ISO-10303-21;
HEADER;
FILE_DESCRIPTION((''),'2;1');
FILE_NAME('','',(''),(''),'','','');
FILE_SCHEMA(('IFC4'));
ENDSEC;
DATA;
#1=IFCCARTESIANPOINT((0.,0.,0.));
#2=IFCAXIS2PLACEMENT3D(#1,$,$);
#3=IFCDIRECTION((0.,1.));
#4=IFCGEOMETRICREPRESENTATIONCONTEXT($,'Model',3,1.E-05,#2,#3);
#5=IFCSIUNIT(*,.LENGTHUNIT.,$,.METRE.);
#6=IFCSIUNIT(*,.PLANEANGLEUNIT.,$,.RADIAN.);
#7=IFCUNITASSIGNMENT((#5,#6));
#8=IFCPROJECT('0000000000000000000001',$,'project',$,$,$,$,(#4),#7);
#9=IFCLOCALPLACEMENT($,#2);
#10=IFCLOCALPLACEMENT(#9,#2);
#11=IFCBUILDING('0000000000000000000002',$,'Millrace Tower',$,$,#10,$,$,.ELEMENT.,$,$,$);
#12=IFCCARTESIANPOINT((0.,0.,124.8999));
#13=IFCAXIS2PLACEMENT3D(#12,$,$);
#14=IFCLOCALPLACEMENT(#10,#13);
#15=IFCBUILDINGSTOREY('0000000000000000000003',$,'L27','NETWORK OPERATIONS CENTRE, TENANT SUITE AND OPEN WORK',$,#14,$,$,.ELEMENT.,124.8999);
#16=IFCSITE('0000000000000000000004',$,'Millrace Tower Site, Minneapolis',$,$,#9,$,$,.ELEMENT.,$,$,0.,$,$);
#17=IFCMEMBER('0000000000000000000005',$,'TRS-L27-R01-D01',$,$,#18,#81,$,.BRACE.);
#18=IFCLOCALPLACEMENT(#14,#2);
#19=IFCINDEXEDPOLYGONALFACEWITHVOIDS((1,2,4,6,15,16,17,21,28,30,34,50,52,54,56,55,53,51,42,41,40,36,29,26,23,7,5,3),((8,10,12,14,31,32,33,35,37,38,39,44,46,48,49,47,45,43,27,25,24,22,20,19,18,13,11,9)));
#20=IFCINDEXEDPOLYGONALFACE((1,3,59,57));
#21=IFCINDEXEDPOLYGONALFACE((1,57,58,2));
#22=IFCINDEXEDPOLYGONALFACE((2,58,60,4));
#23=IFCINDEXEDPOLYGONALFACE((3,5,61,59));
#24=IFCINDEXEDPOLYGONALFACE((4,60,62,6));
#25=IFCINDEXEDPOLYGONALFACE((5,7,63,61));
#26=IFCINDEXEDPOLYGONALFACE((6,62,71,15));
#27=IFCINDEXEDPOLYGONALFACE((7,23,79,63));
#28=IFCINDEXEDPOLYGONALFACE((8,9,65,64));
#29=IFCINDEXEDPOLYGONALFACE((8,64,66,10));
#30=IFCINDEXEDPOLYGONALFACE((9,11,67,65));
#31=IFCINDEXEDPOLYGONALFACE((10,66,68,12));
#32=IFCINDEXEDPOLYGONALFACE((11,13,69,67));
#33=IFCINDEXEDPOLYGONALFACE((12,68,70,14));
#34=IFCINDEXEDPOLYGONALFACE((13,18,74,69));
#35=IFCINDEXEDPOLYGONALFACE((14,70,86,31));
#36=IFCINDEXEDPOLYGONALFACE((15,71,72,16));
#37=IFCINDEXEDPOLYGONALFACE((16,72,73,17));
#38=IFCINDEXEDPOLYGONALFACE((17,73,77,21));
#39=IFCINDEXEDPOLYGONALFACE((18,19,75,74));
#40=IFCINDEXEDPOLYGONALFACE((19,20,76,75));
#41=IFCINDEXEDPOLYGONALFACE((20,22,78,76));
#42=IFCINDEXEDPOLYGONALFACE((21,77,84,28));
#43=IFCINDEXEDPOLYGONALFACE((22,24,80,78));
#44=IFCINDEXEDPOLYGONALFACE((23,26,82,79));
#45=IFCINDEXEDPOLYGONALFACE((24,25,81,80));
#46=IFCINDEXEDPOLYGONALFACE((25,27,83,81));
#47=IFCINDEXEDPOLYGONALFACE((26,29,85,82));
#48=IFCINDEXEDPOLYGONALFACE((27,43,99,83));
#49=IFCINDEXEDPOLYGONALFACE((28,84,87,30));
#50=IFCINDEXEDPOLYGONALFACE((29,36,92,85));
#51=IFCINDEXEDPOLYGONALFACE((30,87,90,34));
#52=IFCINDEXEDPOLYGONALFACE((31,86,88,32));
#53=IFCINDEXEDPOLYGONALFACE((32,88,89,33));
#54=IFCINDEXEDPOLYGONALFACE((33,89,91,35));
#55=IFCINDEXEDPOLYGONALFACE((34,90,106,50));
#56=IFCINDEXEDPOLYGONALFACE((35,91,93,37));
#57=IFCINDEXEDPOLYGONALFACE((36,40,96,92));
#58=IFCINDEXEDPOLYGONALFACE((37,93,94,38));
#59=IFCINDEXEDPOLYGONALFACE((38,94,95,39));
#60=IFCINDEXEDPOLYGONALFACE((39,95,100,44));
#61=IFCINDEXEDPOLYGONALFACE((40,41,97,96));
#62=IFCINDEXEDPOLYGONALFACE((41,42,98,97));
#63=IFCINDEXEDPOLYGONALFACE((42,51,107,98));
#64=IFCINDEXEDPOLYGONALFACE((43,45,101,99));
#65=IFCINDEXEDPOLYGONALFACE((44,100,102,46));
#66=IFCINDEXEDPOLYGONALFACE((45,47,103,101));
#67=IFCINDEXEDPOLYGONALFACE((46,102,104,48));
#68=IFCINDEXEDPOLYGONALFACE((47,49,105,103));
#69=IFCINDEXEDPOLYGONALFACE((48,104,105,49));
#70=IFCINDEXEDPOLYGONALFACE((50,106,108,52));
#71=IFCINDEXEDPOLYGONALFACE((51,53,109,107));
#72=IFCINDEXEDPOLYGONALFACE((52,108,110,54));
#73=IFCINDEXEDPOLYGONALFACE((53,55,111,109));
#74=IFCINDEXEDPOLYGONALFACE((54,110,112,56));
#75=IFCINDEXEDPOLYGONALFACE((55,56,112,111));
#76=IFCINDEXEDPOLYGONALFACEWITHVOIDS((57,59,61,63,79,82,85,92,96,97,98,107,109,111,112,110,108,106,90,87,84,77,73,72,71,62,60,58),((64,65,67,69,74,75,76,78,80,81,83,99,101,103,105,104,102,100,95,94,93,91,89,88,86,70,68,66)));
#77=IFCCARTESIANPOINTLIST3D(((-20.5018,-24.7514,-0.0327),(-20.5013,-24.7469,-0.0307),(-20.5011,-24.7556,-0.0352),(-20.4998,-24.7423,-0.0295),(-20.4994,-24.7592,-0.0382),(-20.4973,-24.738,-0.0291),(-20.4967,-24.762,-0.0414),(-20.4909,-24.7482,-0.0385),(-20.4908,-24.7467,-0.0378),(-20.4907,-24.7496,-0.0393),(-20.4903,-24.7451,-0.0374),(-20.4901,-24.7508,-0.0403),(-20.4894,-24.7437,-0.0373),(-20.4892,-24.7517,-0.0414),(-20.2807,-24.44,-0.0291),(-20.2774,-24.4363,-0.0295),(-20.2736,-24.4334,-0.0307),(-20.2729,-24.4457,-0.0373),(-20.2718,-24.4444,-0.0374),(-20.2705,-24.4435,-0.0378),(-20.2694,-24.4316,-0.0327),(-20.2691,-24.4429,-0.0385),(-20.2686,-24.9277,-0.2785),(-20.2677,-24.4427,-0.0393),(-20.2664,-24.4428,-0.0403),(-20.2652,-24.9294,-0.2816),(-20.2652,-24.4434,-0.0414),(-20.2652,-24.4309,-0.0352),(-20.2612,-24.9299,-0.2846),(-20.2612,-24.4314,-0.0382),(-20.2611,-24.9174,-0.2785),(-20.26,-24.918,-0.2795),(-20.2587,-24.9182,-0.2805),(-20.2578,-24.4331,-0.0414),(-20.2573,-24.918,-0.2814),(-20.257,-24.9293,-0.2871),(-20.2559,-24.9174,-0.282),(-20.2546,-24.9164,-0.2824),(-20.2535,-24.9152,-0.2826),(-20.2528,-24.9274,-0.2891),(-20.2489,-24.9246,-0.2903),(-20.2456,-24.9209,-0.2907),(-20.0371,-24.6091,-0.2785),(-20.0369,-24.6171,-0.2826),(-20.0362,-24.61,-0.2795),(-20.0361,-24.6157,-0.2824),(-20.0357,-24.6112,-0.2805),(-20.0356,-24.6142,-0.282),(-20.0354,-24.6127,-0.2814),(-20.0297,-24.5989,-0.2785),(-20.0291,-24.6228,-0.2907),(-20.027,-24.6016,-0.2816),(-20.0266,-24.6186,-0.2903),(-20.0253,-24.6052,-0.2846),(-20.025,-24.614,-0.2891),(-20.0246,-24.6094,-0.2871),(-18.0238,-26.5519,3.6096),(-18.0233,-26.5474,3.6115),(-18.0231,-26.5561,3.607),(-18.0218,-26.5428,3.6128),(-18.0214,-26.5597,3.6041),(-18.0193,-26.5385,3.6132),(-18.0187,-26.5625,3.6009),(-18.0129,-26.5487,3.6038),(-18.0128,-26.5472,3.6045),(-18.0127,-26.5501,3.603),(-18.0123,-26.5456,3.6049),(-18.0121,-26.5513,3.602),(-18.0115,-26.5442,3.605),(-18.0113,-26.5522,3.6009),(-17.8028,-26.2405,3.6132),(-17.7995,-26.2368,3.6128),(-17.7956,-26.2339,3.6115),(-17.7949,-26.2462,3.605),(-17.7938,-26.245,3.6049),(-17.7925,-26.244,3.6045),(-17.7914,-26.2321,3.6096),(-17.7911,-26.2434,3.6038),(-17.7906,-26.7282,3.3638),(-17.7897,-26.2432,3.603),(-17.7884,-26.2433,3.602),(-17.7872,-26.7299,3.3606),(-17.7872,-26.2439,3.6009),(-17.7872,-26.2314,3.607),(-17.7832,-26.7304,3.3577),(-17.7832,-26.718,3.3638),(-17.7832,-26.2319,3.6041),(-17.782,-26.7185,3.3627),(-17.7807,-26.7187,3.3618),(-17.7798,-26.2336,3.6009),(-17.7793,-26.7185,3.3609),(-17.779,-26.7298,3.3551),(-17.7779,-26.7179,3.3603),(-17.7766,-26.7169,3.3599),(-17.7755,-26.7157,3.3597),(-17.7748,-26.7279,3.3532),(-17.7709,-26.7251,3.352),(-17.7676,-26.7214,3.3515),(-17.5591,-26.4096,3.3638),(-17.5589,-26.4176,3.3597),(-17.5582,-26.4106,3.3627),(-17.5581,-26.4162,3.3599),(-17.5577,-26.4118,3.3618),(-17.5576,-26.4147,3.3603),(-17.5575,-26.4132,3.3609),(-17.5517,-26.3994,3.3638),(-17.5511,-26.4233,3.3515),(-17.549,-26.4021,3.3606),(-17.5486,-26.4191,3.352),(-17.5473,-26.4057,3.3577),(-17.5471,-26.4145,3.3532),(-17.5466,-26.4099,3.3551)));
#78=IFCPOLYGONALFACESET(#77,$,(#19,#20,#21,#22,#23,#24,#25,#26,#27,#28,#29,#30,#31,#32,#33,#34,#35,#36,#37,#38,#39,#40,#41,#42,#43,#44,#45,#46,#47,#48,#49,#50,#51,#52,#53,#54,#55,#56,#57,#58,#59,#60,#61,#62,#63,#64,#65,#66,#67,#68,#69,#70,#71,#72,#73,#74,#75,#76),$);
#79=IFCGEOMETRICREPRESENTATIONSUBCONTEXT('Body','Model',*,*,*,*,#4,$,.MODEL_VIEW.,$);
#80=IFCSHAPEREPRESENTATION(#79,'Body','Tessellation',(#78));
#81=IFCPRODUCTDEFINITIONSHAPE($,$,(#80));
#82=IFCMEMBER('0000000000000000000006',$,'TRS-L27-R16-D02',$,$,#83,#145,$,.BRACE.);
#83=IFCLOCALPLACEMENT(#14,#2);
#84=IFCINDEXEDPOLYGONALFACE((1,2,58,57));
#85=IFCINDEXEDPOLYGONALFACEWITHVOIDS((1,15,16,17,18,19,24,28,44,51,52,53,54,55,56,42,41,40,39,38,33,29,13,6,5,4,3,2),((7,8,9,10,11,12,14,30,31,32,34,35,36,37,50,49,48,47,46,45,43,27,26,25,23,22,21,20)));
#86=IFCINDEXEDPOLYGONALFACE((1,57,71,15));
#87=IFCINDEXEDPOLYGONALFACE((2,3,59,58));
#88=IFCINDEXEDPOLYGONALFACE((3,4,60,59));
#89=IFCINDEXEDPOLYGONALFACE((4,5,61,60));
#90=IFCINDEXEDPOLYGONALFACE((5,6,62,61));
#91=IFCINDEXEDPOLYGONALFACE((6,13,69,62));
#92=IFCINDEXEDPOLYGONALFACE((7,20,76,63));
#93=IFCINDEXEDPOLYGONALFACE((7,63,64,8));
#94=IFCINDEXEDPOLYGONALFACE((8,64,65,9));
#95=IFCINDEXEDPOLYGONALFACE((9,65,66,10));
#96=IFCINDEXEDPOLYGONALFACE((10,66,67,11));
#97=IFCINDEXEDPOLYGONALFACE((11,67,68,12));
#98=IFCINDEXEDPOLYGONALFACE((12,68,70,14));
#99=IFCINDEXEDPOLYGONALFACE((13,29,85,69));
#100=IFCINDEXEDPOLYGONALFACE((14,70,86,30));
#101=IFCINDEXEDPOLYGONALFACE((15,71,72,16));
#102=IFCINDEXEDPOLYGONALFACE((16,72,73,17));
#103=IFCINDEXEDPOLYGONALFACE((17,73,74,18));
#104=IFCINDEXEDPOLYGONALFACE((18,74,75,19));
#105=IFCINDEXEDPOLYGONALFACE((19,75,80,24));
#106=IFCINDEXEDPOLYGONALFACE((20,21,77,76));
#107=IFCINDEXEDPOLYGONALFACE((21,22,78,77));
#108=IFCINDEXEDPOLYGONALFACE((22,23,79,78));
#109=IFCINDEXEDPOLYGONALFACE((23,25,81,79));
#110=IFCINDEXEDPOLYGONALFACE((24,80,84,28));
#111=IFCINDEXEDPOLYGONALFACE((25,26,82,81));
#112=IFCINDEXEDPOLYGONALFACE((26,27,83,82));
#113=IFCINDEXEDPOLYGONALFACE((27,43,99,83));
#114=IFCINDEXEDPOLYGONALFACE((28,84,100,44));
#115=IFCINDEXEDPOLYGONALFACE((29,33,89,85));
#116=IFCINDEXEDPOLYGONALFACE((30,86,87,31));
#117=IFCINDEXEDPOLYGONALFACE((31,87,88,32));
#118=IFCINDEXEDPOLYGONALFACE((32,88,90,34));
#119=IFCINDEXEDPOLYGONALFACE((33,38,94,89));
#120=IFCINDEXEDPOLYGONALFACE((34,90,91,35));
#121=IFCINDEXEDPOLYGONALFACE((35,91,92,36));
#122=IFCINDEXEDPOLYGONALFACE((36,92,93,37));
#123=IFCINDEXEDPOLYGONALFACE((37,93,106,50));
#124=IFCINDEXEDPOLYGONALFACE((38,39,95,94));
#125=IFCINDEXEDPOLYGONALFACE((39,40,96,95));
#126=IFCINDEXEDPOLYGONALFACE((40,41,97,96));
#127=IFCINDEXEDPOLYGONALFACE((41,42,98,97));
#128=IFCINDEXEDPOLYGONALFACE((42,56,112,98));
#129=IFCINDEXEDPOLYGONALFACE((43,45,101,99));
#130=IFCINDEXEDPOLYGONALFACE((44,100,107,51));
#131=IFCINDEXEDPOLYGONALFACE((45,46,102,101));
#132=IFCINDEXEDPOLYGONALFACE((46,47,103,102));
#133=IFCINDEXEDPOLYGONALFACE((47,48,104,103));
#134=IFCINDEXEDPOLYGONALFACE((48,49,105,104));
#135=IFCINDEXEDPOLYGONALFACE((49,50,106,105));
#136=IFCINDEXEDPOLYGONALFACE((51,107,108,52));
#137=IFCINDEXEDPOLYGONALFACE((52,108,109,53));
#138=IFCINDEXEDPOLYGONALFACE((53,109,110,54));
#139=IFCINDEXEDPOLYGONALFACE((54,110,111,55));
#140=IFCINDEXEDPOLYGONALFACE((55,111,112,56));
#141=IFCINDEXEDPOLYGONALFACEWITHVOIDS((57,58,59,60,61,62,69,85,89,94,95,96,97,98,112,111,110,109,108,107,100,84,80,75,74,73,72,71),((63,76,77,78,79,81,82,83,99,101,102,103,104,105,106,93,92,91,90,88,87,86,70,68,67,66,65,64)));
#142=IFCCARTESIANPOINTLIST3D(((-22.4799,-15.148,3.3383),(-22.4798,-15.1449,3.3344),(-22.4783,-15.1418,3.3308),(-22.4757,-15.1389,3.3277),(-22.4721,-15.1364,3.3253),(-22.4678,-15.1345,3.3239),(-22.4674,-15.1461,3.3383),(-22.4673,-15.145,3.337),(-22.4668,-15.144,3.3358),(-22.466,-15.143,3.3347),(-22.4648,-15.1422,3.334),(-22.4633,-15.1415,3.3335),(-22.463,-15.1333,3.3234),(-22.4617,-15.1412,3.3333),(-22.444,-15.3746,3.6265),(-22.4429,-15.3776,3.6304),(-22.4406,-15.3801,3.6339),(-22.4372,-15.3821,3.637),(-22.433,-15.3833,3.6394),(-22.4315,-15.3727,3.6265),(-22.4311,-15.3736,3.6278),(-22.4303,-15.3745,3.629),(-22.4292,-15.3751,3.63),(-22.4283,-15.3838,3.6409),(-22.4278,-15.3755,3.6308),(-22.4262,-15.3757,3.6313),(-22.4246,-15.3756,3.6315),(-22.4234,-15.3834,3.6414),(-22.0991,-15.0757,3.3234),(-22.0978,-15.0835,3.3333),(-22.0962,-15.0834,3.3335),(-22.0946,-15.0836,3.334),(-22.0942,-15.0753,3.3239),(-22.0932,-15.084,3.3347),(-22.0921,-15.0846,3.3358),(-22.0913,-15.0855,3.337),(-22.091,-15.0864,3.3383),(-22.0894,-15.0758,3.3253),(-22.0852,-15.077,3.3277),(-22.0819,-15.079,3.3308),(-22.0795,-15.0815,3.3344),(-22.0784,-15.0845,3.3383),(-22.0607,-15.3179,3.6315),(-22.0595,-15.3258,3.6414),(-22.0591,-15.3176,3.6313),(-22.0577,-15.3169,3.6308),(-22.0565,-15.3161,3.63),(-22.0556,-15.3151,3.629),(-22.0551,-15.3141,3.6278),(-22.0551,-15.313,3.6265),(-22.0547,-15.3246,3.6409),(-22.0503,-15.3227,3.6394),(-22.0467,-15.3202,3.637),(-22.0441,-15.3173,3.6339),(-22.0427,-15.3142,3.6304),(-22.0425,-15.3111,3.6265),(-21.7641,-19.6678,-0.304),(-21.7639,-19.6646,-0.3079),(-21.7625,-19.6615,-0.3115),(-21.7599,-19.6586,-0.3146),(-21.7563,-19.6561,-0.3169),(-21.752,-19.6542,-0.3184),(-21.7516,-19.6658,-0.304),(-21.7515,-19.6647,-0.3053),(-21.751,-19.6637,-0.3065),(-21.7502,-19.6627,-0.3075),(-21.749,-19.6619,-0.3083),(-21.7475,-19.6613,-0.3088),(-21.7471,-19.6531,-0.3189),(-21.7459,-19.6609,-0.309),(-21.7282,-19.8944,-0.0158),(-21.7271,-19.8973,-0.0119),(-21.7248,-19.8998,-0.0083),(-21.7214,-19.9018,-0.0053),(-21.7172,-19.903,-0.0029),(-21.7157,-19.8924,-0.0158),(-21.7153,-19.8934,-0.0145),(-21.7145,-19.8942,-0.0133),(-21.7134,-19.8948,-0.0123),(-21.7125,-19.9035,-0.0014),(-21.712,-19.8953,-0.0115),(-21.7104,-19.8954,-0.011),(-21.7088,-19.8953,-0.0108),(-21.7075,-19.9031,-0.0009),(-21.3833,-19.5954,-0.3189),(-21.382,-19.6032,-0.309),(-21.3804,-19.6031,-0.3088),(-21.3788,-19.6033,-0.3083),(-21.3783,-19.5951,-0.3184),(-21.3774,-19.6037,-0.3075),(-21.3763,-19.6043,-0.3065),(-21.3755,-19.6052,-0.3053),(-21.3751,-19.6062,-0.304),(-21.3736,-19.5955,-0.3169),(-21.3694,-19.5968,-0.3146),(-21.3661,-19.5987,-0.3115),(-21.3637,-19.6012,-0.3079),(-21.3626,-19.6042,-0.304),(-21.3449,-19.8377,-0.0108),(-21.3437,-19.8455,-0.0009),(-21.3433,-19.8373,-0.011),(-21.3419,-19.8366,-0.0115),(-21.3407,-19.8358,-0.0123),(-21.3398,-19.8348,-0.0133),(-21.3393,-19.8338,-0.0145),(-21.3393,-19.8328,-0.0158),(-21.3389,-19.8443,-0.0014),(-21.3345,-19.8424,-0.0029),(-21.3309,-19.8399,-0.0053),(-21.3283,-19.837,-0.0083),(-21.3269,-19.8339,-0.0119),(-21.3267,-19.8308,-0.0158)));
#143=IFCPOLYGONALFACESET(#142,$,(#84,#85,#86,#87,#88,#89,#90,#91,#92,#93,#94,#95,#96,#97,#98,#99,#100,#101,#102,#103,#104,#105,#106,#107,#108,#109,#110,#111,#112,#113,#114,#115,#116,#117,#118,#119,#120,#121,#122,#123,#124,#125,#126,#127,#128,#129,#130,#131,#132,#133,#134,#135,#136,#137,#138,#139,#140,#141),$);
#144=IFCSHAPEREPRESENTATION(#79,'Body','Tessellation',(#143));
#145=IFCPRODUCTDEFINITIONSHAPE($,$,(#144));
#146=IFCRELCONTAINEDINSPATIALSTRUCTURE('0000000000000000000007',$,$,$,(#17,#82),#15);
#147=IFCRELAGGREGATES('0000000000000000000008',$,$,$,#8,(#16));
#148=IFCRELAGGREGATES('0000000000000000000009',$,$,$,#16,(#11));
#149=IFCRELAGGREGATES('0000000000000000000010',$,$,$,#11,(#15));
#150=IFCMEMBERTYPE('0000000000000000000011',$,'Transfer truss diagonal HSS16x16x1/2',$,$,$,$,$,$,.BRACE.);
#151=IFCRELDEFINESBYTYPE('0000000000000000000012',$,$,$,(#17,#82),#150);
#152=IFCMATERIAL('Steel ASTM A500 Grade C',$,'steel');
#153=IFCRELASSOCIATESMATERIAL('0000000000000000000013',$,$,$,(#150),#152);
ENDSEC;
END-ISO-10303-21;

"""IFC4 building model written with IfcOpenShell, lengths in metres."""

from ifc_helpers import new_model, si_unit, direction, frame, origin, origin_2d, place, context, subcontext, project, spatial, hollow_rectangle, extrude, material, material_profile, profile_set, type_object, element, save


model = new_model("IFC4")

# Units and contexts
model_context = context("Model", 3, precision=1e-05, world=origin(), true_north=direction((0.0, 1.0)))
body_context = subcontext(model_context, "Body", "Model", "MODEL_VIEW")
ifc_project = project(units=[si_unit("LENGTHUNIT", "METRE"), si_unit("PLANEANGLEUNIT", "RADIAN")], contexts=[model_context])

# Site, building, storey
site_placement = place(None, origin())
site = spatial("IfcSite", under=ifc_project, at=site_placement, Name="Millrace Tower Site, Minneapolis", CompositionType="ELEMENT", RefElevation=0.0)
building_placement = place(site_placement, origin())
building = spatial("IfcBuilding", under=site, at=building_placement, Name="Millrace Tower", CompositionType="ELEMENT")
storey_placement = place(building_placement, frame((0.0, 0.0, 124.8999)))
storey = spatial("IfcBuildingStorey", under=building, at=storey_placement, Name="L27", Description="NETWORK OPERATIONS CENTRE, TENANT SUITE AND OPEN WORK", CompositionType="ELEMENT", Elevation=124.8999)

# Members
ifc_material_1 = material(Name="Steel ASTM A500 Grade C", Category="steel")
ifc_material_profile_1 = material_profile(ifc_material_1, hollow_rectangle(XDim=0.4065, YDim=0.4065, WallThickness=0.0127, InnerFilletRadius=0.0063, OuterFilletRadius=0.019, at=origin_2d()))
ifc_profile_set_1 = profile_set([ifc_material_profile_1], Name="Steel ASTM A500 Grade C")
member_type_1 = type_object("IfcMemberType", Name="Transfer truss diagonal HSS16x16x1/2", PredefinedType="BRACE", material=ifc_profile_set_1)
member_1_placement = place(storey_placement, frame((-20.2632, -24.6804, -0.1599), z_axis=(0.520691, -0.378335, 0.765339), x_axis=(0.587816, 0.808995, 0.0)))
element("IfcMember", 1, at=member_1_placement, inside=storey, type_object=member_type_1, Name="TRS-L27-R01-D01", PredefinedType="BRACE", context=body_context, shape_type="SweptSolid", body=[
    extrude(hollow_rectangle(XDim=0.4065, YDim=0.4065, WallThickness=0.0127, InnerFilletRadius=0.0063, OuterFilletRadius=0.019, at=origin_2d()), origin(), (0.0, 0.0, 1.0), 4.759),
])
member_2_placement = place(storey_placement, frame((-21.5454, -19.7493, -0.1599), z_axis=(-0.12239, 0.772782, 0.622759), x_axis=(-0.98769, -0.156426, 0.0)))
element("IfcMember", 2, at=member_2_placement, inside=storey, type_object=member_type_1, Name="TRS-L27-R16-D02", PredefinedType="BRACE", context=body_context, shape_type="SweptSolid", body=[
    extrude(hollow_rectangle(XDim=0.4065, YDim=0.4065, WallThickness=0.0127, InnerFilletRadius=0.0063, OuterFilletRadius=0.019, at=origin_2d()), origin(), (0.0, 0.0, 1.0), 5.8486),
])

save(model, "model.ifc")
